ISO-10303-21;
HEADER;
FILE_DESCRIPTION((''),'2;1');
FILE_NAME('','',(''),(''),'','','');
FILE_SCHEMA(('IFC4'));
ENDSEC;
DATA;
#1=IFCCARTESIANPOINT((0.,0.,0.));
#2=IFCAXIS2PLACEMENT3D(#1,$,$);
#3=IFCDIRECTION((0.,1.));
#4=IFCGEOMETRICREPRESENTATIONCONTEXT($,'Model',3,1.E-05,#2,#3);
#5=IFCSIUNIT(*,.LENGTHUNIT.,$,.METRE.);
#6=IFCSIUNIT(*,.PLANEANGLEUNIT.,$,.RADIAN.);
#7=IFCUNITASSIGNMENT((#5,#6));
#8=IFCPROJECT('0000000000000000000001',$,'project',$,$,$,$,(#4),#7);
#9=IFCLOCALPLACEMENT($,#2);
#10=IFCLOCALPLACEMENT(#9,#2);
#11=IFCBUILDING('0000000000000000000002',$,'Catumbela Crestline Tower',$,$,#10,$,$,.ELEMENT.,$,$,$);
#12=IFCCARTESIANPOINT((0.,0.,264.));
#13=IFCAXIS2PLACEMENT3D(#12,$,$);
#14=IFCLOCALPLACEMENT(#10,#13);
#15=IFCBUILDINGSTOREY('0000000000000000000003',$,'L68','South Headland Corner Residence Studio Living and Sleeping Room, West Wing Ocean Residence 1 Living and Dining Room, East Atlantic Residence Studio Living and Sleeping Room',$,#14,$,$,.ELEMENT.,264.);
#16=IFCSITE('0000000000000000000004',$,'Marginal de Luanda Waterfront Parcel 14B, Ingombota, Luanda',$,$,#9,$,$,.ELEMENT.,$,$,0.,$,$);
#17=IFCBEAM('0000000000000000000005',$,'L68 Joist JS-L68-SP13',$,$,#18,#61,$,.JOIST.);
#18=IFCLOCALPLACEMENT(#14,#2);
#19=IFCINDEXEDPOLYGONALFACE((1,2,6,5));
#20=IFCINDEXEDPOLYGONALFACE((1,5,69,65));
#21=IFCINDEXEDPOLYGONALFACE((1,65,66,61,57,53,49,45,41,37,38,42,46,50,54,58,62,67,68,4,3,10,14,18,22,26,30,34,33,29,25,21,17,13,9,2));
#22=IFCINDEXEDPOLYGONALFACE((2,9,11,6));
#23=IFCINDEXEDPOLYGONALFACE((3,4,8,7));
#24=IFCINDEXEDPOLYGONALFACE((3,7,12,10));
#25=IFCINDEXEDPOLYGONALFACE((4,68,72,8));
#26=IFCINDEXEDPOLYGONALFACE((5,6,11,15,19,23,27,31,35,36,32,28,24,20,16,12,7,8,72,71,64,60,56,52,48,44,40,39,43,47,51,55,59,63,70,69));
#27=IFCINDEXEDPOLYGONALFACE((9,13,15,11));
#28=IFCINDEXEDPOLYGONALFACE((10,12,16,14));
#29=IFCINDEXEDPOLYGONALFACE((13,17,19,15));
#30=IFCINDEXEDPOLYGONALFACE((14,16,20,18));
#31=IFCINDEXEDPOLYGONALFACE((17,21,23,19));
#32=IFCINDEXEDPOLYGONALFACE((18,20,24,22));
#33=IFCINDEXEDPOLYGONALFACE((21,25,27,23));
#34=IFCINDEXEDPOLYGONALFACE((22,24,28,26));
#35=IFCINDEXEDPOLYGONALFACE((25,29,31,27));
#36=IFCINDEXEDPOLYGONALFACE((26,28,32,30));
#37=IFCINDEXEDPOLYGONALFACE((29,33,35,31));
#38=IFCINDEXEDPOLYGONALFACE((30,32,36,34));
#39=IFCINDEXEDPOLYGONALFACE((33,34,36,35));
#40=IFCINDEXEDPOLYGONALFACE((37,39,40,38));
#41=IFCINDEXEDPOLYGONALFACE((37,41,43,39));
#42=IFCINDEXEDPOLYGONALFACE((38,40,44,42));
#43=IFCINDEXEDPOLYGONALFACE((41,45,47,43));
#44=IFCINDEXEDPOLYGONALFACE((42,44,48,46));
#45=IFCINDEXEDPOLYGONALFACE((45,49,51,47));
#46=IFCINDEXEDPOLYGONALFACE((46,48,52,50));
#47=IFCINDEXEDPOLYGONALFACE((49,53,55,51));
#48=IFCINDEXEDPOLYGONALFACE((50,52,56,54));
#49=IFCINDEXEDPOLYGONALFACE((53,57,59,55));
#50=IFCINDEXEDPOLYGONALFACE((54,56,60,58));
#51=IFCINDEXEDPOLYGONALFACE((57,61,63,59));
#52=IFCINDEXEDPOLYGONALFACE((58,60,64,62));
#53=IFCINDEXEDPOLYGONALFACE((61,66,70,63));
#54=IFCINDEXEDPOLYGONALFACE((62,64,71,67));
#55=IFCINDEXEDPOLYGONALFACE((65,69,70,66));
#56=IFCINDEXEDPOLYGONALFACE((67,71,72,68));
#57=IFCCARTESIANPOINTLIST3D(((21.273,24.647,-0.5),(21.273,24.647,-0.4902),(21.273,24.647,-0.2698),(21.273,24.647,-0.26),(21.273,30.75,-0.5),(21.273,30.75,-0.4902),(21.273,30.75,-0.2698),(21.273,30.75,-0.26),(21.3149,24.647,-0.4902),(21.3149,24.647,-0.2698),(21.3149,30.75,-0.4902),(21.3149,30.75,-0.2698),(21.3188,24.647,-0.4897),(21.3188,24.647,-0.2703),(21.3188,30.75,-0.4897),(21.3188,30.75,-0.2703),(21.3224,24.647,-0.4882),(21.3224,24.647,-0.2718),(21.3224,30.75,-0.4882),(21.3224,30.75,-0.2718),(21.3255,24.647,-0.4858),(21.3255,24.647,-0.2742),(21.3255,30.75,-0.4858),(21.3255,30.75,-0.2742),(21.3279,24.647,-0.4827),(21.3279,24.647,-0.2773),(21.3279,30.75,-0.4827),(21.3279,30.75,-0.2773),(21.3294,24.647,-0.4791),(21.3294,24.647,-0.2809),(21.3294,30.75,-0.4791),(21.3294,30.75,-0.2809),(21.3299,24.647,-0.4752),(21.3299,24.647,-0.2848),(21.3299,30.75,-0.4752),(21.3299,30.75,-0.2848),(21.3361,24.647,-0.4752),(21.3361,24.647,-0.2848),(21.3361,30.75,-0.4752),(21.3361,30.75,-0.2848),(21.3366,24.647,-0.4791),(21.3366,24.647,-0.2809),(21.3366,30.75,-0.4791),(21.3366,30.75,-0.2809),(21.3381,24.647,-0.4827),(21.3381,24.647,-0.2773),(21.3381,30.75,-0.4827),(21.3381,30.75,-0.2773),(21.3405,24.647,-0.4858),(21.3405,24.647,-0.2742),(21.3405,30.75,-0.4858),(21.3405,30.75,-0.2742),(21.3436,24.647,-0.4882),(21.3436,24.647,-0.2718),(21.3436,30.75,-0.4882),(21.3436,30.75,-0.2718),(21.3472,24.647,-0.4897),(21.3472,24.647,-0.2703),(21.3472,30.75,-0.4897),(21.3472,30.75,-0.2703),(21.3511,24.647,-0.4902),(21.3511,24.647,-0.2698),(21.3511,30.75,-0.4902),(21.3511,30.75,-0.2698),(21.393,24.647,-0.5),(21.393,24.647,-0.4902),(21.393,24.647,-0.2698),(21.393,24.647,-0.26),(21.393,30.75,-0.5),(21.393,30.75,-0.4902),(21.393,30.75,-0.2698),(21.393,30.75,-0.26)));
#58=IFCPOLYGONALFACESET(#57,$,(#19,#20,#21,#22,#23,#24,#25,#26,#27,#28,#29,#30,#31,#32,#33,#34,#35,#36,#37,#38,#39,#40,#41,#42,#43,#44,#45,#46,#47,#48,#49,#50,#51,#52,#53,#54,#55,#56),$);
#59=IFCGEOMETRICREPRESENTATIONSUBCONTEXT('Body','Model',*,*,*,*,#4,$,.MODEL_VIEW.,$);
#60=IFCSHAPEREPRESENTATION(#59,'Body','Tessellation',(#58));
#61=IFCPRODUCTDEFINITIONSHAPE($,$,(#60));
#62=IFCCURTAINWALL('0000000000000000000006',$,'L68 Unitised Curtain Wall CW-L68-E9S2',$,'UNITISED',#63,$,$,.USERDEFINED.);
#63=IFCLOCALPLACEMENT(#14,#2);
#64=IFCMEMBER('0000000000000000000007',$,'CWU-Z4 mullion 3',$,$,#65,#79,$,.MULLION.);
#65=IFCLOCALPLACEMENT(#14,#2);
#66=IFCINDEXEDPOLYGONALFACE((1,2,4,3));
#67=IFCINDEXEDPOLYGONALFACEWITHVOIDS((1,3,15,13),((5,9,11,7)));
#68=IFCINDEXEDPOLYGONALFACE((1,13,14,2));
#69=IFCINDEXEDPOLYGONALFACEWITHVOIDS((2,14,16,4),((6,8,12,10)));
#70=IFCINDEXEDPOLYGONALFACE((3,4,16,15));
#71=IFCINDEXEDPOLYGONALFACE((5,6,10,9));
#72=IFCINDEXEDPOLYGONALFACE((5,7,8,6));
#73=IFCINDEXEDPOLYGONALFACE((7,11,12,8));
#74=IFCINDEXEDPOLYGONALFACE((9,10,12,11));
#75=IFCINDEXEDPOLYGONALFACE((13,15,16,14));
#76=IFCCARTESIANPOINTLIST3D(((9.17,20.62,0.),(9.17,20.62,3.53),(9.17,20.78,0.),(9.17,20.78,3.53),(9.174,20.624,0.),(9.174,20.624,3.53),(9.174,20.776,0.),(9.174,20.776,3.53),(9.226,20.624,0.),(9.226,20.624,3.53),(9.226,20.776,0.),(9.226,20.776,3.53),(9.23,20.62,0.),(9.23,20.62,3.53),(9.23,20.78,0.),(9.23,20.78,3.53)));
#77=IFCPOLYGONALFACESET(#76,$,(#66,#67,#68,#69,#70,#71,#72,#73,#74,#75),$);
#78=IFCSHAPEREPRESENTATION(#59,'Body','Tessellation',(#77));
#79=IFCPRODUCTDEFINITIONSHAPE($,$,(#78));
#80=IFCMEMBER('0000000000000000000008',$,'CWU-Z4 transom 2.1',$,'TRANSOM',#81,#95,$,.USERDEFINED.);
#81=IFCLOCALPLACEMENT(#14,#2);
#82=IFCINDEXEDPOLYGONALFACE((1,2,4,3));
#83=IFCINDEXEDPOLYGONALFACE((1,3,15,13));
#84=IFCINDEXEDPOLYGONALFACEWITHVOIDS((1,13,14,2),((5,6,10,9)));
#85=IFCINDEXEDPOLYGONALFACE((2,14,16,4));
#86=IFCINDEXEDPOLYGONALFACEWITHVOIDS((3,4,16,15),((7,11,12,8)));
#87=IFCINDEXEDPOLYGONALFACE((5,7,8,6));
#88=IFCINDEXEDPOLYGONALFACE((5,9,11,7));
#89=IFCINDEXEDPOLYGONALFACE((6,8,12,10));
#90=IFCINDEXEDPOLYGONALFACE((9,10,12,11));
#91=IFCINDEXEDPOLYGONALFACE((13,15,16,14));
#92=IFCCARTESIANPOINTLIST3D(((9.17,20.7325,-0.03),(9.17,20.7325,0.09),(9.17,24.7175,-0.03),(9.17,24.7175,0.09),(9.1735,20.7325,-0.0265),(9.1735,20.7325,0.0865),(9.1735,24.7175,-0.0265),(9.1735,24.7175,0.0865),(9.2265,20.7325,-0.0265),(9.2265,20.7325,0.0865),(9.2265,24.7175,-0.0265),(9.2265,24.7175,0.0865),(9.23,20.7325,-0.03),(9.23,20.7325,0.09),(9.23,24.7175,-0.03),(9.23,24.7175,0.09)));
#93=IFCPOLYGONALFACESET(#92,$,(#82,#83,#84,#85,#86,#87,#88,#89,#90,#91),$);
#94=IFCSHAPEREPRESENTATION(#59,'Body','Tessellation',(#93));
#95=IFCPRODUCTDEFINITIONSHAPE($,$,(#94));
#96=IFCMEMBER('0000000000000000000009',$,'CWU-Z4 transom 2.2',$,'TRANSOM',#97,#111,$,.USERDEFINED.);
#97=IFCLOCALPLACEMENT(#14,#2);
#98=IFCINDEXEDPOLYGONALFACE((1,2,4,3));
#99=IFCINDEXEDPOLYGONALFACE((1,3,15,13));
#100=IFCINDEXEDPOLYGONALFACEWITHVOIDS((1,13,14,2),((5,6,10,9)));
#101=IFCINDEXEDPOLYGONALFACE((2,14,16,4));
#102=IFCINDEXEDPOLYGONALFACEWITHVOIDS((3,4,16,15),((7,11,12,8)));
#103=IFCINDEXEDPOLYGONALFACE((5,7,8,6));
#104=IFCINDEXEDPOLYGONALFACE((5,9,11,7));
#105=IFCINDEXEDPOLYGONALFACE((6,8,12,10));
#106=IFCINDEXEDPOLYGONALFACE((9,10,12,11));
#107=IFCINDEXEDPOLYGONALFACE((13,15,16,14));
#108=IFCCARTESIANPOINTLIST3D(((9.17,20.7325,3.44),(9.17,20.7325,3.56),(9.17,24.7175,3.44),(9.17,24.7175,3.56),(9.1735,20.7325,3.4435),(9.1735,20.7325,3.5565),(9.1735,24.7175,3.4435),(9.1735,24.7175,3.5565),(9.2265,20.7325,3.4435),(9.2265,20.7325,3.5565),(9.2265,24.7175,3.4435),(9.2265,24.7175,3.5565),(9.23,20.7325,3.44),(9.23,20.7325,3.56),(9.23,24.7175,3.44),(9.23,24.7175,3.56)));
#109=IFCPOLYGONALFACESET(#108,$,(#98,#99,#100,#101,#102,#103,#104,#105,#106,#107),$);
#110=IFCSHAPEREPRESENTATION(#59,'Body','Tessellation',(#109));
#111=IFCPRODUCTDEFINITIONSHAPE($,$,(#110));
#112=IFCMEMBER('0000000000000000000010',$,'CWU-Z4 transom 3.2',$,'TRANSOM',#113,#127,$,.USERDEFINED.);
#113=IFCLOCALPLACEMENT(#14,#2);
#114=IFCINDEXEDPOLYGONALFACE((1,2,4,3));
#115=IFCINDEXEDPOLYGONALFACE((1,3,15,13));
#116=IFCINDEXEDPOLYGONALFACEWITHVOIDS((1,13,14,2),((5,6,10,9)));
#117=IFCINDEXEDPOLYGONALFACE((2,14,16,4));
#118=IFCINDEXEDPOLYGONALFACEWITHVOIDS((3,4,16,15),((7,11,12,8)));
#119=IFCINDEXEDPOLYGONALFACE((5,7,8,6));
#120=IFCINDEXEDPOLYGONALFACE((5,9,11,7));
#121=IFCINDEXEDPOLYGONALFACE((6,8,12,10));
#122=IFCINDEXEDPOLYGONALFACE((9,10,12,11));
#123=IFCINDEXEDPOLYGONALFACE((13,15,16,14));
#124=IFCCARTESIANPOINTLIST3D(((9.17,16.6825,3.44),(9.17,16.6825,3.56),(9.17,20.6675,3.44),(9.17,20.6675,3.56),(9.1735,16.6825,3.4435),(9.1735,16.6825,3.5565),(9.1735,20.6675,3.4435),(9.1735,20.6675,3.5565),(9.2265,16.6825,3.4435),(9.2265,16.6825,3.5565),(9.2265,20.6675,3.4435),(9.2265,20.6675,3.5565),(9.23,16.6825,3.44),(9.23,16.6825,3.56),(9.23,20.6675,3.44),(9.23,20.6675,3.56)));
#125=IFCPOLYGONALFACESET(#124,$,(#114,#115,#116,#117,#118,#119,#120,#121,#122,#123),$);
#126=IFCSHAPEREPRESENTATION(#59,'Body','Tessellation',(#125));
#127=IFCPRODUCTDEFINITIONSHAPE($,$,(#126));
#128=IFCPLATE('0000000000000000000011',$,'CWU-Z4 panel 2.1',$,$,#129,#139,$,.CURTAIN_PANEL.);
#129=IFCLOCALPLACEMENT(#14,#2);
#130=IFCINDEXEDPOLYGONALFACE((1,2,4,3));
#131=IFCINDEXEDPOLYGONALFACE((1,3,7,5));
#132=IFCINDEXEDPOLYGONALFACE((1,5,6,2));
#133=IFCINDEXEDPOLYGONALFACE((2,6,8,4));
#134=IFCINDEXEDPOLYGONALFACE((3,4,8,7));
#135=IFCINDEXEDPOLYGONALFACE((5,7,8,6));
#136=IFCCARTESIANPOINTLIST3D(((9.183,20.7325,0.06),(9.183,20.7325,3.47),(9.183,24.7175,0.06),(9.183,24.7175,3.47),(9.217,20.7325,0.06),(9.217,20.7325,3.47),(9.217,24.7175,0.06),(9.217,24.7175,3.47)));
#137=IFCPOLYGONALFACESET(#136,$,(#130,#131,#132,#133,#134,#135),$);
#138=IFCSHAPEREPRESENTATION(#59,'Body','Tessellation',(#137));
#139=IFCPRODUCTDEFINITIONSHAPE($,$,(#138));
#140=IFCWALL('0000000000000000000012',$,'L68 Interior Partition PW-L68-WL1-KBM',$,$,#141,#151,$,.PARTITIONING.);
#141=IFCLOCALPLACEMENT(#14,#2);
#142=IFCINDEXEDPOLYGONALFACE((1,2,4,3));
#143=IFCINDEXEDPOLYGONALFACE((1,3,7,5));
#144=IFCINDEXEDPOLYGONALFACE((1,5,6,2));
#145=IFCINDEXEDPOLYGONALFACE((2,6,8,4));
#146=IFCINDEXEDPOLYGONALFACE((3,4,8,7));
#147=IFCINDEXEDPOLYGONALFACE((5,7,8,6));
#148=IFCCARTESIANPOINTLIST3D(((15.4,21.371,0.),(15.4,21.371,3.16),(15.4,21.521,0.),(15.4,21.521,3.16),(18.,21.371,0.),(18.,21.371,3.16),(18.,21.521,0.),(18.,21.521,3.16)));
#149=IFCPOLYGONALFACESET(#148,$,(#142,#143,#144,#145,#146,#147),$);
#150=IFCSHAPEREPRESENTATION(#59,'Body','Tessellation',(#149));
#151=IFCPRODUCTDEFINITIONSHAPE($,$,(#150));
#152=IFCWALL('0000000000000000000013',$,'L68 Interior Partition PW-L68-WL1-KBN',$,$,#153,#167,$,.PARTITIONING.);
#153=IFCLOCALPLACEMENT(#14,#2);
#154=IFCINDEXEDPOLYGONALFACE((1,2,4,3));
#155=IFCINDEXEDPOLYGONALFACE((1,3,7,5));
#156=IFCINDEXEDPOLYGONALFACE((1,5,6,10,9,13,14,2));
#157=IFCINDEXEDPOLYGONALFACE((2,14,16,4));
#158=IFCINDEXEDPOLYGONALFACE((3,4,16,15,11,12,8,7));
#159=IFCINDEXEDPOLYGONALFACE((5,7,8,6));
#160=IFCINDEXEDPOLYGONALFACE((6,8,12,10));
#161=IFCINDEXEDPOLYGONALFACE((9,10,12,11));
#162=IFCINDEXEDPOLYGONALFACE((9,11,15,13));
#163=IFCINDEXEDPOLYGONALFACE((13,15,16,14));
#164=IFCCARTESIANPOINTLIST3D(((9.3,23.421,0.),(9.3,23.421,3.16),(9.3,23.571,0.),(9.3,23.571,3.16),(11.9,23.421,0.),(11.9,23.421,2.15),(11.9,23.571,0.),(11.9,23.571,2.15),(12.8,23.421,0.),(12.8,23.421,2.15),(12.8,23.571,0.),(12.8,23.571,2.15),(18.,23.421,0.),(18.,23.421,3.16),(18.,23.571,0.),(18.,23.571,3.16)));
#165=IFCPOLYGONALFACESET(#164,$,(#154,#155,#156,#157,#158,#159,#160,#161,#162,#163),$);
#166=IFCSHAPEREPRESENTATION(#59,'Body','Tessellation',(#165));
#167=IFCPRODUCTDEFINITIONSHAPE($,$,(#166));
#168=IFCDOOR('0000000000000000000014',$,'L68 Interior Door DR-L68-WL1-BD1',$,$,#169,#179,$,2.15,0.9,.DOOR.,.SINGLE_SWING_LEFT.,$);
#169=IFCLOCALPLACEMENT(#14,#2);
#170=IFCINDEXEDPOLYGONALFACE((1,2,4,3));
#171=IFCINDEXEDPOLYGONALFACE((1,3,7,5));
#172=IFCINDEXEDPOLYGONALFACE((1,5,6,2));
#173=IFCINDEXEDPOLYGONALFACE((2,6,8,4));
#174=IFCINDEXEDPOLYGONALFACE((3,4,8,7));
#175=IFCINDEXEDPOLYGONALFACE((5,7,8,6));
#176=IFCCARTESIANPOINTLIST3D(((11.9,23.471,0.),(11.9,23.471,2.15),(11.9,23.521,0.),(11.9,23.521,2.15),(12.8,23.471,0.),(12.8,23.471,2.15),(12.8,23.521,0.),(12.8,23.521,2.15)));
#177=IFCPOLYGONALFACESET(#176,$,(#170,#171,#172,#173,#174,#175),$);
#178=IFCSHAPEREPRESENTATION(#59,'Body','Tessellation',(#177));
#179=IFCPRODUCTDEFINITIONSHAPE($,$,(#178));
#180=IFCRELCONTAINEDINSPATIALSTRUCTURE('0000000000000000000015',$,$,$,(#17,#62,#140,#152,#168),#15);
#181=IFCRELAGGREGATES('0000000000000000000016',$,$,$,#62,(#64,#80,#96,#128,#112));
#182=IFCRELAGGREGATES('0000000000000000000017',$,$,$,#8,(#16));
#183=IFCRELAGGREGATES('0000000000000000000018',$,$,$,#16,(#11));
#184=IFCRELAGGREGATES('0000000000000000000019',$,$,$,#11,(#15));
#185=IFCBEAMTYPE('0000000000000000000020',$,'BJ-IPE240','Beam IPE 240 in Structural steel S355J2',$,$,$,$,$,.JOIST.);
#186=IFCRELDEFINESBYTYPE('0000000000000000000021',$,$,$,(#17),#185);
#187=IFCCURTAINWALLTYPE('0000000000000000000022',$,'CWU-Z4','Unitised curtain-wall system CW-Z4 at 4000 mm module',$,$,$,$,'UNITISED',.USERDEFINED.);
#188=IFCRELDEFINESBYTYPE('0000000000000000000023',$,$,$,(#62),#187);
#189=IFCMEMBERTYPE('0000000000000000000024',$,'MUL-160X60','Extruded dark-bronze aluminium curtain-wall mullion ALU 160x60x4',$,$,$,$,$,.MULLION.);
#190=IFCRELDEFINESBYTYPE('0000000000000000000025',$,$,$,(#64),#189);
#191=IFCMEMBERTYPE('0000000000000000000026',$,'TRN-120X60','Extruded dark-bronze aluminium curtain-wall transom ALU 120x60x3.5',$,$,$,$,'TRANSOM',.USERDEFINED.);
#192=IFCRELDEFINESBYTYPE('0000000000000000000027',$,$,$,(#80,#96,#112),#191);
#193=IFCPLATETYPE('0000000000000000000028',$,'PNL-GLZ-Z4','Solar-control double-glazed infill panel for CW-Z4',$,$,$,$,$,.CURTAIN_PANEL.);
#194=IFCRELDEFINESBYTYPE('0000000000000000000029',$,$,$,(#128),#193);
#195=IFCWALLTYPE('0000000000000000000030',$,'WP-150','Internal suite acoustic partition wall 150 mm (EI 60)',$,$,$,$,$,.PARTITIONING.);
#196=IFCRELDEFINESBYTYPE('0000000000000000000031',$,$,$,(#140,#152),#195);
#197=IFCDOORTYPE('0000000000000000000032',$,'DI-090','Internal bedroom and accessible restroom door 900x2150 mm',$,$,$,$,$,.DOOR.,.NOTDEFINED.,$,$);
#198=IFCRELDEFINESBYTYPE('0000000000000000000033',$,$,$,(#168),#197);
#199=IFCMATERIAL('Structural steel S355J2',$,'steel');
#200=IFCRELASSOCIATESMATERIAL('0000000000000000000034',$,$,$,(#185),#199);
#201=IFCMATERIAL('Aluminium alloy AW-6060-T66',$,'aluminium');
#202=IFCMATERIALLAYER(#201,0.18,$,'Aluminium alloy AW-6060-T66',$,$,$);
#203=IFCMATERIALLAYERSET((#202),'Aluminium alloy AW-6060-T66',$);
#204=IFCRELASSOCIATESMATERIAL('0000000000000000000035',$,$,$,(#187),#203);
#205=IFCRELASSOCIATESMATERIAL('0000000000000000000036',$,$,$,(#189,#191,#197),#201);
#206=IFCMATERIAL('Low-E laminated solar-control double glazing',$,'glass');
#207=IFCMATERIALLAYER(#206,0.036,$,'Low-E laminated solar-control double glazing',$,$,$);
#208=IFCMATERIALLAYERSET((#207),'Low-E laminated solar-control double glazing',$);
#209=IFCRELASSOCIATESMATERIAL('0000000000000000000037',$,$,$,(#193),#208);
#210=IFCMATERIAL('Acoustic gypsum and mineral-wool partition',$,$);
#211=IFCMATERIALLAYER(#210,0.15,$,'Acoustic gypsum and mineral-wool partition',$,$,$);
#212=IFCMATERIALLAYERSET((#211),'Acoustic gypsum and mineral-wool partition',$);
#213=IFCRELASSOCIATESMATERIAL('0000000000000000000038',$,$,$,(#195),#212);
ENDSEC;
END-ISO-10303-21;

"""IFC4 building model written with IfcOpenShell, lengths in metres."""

from ifc_helpers import new_model, si_unit, direction, frame, frame_2d, origin, origin_2d, place, context, subcontext, project, spatial, rectangle, hollow_rectangle, i_section, extrude, material, layer, layer_set, material_profile, profile_set, type_object, element, fill, aggregate, save


model = new_model("IFC4")

# Units and contexts
model_context = context("Model", 3, precision=1e-05, world=origin(), true_north=direction((0.0, 1.0)))
body_context = subcontext(model_context, "Body", "Model", "MODEL_VIEW")
ifc_project = project(units=[si_unit("LENGTHUNIT", "METRE"), si_unit("PLANEANGLEUNIT", "RADIAN")], contexts=[model_context])

# Site, building, storey
site_placement = place(None, origin())
site = spatial("IfcSite", under=ifc_project, at=site_placement, Name="Marginal de Luanda Waterfront Parcel 14B, Ingombota, Luanda", CompositionType="ELEMENT", RefElevation=0.0)
building_placement = place(site_placement, origin())
building = spatial("IfcBuilding", under=site, at=building_placement, Name="Catumbela Crestline Tower", CompositionType="ELEMENT")
storey_placement = place(building_placement, frame((0.0, 0.0, 264.0)))
storey = spatial("IfcBuildingStorey", under=building, at=storey_placement, Name="L68", Description="South Headland Corner Residence Studio Living and Sleeping Room, West Wing Ocean Residence 1 Living and Dining Room, East Atlantic Residence Studio Living and Sleeping Room", CompositionType="ELEMENT", Elevation=264.0)

# Beam
ifc_material_1 = material(Name="Structural steel S355J2", Category="steel")
ifc_material_profile_1 = material_profile(ifc_material_1, i_section(OverallWidth=0.12, OverallDepth=0.24, WebThickness=0.0062, FlangeThickness=0.0098, FilletRadius=0.015, at=origin_2d()), Name="IPE 240")
ifc_profile_set_1 = profile_set([ifc_material_profile_1], Name="Structural steel S355J2")
beam_type_1 = type_object("IfcBeamType", Name="BJ-IPE240", Description="Beam IPE 240 in Structural steel S355J2", PredefinedType="JOIST", material=ifc_profile_set_1)
for number, where, z_axis, x_axis, name in (
    (1, (21.333, 24.647, -0.38), (0.0, 1.0, 0.0), (-1.0, 0.0, 0.0), "L68 Joist JS-L68-SP13"),
):
    element("IfcBeam", number, at=place(storey_placement, frame(where, z_axis=z_axis, x_axis=x_axis)), inside=storey, type_object=beam_type_1, Name=name, PredefinedType="JOIST", context=body_context, shape_type="SweptSolid", body=[
        extrude(i_section(OverallWidth=0.12, OverallDepth=0.24, WebThickness=0.0062, FlangeThickness=0.0098, FilletRadius=0.015, at=origin_2d()), origin(), (0.0, 0.0, 1.0), 6.103),
    ])

# Curtain wall, members, plate
ifc_material_2 = material(Name="Aluminium alloy AW-6060-T66", Category="aluminium")
ifc_layer_1 = layer(ifc_material_2, 0.18, Name="Aluminium alloy AW-6060-T66")
ifc_layer_set_1 = layer_set([ifc_layer_1], Name="Aluminium alloy AW-6060-T66")
curtain_wall_type = type_object("IfcCurtainWallType", Name="CWU-Z4", Description="Unitised curtain-wall system CW-Z4 at 4000 mm module", ElementType="UNITISED", PredefinedType="USERDEFINED", material=ifc_layer_set_1)
curtain_wall_placement = place(storey_placement, origin())
curtain_wall = element("IfcCurtainWall", 2, at=curtain_wall_placement, inside=storey, type_object=curtain_wall_type, Name="L68 Unitised Curtain Wall CW-L68-E9S2", ObjectType="UNITISED", PredefinedType="USERDEFINED")
ifc_material_profile_2 = material_profile(ifc_material_2, hollow_rectangle(XDim=0.06, YDim=0.16, WallThickness=0.004, at=origin_2d()), Name="ALU 160x60x4")
ifc_profile_set_2 = profile_set([ifc_material_profile_2], Name="Aluminium alloy AW-6060-T66")
member_type_1 = type_object("IfcMemberType", Name="MUL-160X60", Description="Extruded dark-bronze aluminium curtain-wall mullion ALU 160x60x4", PredefinedType="MULLION", material=ifc_profile_set_2)
member_1_placement = place(storey_placement, frame((9.2, 20.7, 0.0), z_axis=(0.0, 0.0, 1.0), x_axis=(1.0, 0.0, 0.0)))
member_1 = element("IfcMember", 3, at=member_1_placement, type_object=member_type_1, Name="CWU-Z4 mullion 3", PredefinedType="MULLION", context=body_context, shape_type="SweptSolid", body=[
    extrude(hollow_rectangle(XDim=0.06, YDim=0.16, WallThickness=0.004, at=origin_2d()), origin(), (0.0, 0.0, 1.0), 3.53),
])
ifc_material_profile_3 = material_profile(ifc_material_2, hollow_rectangle(XDim=0.06, YDim=0.12, WallThickness=0.0035, at=origin_2d()), Name="ALU 120x60x3.5")
ifc_profile_set_3 = profile_set([ifc_material_profile_3], Name="Aluminium alloy AW-6060-T66")
member_type_2 = type_object("IfcMemberType", Name="TRN-120X60", Description="Extruded dark-bronze aluminium curtain-wall transom ALU 120x60x3.5", ElementType="TRANSOM", PredefinedType="USERDEFINED", material=ifc_profile_set_3)
member_2_placement = place(storey_placement, frame((9.2, 24.7175, 0.03), z_axis=(0.0, -1.0, 0.0), x_axis=(1.0, 0.0, 0.0)))
member_2 = element("IfcMember", 4, at=member_2_placement, type_object=member_type_2, Name="CWU-Z4 transom 2.1", ObjectType="TRANSOM", PredefinedType="USERDEFINED", context=body_context, shape_type="SweptSolid", body=[
    extrude(hollow_rectangle(XDim=0.06, YDim=0.12, WallThickness=0.0035, at=origin_2d()), origin(), (0.0, 0.0, 1.0), 3.985),
])
member_3_placement = place(storey_placement, frame((9.2, 24.7175, 3.5), z_axis=(0.0, -1.0, 0.0), x_axis=(1.0, 0.0, 0.0)))
member_3 = element("IfcMember", 5, at=member_3_placement, type_object=member_type_2, Name="CWU-Z4 transom 2.2", ObjectType="TRANSOM", PredefinedType="USERDEFINED", context=body_context, shape_type="SweptSolid", body=[
    extrude(hollow_rectangle(XDim=0.06, YDim=0.12, WallThickness=0.0035, at=origin_2d()), origin(), (0.0, 0.0, 1.0), 3.985),
])
member_4_placement = place(storey_placement, frame((9.2, 20.6675, 3.5), z_axis=(0.0, -1.0, 0.0), x_axis=(1.0, 0.0, 0.0)))
member_4 = element("IfcMember", 6, at=member_4_placement, type_object=member_type_2, Name="CWU-Z4 transom 3.2", ObjectType="TRANSOM", PredefinedType="USERDEFINED", context=body_context, shape_type="SweptSolid", body=[
    extrude(hollow_rectangle(XDim=0.06, YDim=0.12, WallThickness=0.0035, at=origin_2d()), origin(), (0.0, 0.0, 1.0), 3.985),
])
ifc_material_3 = material(Name="Low-E laminated solar-control double glazing", Category="glass")
ifc_layer_2 = layer(ifc_material_3, 0.036, Name="Low-E laminated solar-control double glazing")
ifc_layer_set_2 = layer_set([ifc_layer_2], Name="Low-E laminated solar-control double glazing")
plate_type = type_object("IfcPlateType", Name="PNL-GLZ-Z4", Description="Solar-control double-glazed infill panel for CW-Z4", PredefinedType="CURTAIN_PANEL", material=ifc_layer_set_2)
plate_placement = place(storey_placement, frame((9.2, 22.725, 0.06), z_axis=(0.0, 0.0, 1.0), x_axis=(0.0, -1.0, 0.0)))
plate = element("IfcPlate", 7, at=plate_placement, type_object=plate_type, Name="CWU-Z4 panel 2.1", PredefinedType="CURTAIN_PANEL", context=body_context, shape_type="SweptSolid", body=[
    extrude(rectangle(XDim=3.985, YDim=0.034, at=origin_2d()), origin(), (0.0, 0.0, 1.0), 3.41),
])
aggregate(curtain_wall, [member_1, member_2, member_3, plate, member_4])

# Wall
ifc_material_4 = material(Name="Acoustic gypsum and mineral-wool partition")
ifc_layer_3 = layer(ifc_material_4, 0.15, Name="Acoustic gypsum and mineral-wool partition")
ifc_layer_set_3 = layer_set([ifc_layer_3], Name="Acoustic gypsum and mineral-wool partition")
wall_type = type_object("IfcWallType", Name="WP-150", Description="Internal suite acoustic partition wall 150 mm (EI 60)", PredefinedType="PARTITIONING", material=ifc_layer_set_3)
wall_1_placement = place(storey_placement, frame((15.4, 21.446, 0.0), z_axis=(0.0, 0.0, 1.0), x_axis=(1.0, 0.0, 0.0)))
element("IfcWall", 8, at=wall_1_placement, inside=storey, type_object=wall_type, Name="L68 Interior Partition PW-L68-WL1-KBM", PredefinedType="PARTITIONING", context=body_context, shape_type="SweptSolid", body=[
    extrude(rectangle(XDim=2.6, YDim=0.15, at=frame_2d((1.3, 0.0))), origin(), (0.0, 0.0, 1.0), 3.16),
])

# Wall, opening, door
wall_2_placement = place(storey_placement, frame((9.3, 23.496, 0.0), z_axis=(0.0, 0.0, 1.0), x_axis=(1.0, 0.0, 0.0)))
wall_2 = element("IfcWall", 9, at=wall_2_placement, inside=storey, type_object=wall_type, Name="L68 Interior Partition PW-L68-WL1-KBN", PredefinedType="PARTITIONING", context=body_context, shape_type="SweptSolid", body=[
    extrude(rectangle(XDim=8.7, YDim=0.15, at=frame_2d((4.35, 0.0))), origin(), (0.0, 0.0, 1.0), 3.16),
])
opening_placement = place(wall_2_placement, frame((2.6, 0.0, 0.0)))
opening = element("IfcOpeningElement", 10, at=opening_placement, cuts=wall_2, PredefinedType="OPENING", context=body_context, shape_type="SweptSolid", body=[
    extrude(rectangle(XDim=0.9, YDim=2.15, at=frame_2d((0.45, 1.075))), frame((0.0, 0.085, 0.0), z_axis=(0.0, -1.0, 0.0), x_axis=(1.0, 0.0, 0.0)), (0.0, 0.0, 1.0), 0.17),
])
door_type = type_object("IfcDoorType", Name="DI-090", Description="Internal bedroom and accessible restroom door 900x2150 mm", OperationType="NOTDEFINED", PredefinedType="DOOR", material=ifc_material_2)
door_placement = place(opening_placement, origin())
door = element("IfcDoor", 11, at=door_placement, inside=storey, type_object=door_type, Name="L68 Interior Door DR-L68-WL1-BD1", OperationType="SINGLE_SWING_LEFT", OverallHeight=2.15, OverallWidth=0.9, PredefinedType="DOOR", context=body_context, shape_type="SweptSolid", body=[
    extrude(rectangle(XDim=0.9, YDim=2.15, at=frame_2d((0.45, 1.075))), frame((0.0, 0.025, 0.0), z_axis=(0.0, -1.0, 0.0), x_axis=(1.0, 0.0, 0.0)), (0.0, 0.0, 1.0), 0.05),
])
fill(opening, door)

save(model, "model.ifc")
